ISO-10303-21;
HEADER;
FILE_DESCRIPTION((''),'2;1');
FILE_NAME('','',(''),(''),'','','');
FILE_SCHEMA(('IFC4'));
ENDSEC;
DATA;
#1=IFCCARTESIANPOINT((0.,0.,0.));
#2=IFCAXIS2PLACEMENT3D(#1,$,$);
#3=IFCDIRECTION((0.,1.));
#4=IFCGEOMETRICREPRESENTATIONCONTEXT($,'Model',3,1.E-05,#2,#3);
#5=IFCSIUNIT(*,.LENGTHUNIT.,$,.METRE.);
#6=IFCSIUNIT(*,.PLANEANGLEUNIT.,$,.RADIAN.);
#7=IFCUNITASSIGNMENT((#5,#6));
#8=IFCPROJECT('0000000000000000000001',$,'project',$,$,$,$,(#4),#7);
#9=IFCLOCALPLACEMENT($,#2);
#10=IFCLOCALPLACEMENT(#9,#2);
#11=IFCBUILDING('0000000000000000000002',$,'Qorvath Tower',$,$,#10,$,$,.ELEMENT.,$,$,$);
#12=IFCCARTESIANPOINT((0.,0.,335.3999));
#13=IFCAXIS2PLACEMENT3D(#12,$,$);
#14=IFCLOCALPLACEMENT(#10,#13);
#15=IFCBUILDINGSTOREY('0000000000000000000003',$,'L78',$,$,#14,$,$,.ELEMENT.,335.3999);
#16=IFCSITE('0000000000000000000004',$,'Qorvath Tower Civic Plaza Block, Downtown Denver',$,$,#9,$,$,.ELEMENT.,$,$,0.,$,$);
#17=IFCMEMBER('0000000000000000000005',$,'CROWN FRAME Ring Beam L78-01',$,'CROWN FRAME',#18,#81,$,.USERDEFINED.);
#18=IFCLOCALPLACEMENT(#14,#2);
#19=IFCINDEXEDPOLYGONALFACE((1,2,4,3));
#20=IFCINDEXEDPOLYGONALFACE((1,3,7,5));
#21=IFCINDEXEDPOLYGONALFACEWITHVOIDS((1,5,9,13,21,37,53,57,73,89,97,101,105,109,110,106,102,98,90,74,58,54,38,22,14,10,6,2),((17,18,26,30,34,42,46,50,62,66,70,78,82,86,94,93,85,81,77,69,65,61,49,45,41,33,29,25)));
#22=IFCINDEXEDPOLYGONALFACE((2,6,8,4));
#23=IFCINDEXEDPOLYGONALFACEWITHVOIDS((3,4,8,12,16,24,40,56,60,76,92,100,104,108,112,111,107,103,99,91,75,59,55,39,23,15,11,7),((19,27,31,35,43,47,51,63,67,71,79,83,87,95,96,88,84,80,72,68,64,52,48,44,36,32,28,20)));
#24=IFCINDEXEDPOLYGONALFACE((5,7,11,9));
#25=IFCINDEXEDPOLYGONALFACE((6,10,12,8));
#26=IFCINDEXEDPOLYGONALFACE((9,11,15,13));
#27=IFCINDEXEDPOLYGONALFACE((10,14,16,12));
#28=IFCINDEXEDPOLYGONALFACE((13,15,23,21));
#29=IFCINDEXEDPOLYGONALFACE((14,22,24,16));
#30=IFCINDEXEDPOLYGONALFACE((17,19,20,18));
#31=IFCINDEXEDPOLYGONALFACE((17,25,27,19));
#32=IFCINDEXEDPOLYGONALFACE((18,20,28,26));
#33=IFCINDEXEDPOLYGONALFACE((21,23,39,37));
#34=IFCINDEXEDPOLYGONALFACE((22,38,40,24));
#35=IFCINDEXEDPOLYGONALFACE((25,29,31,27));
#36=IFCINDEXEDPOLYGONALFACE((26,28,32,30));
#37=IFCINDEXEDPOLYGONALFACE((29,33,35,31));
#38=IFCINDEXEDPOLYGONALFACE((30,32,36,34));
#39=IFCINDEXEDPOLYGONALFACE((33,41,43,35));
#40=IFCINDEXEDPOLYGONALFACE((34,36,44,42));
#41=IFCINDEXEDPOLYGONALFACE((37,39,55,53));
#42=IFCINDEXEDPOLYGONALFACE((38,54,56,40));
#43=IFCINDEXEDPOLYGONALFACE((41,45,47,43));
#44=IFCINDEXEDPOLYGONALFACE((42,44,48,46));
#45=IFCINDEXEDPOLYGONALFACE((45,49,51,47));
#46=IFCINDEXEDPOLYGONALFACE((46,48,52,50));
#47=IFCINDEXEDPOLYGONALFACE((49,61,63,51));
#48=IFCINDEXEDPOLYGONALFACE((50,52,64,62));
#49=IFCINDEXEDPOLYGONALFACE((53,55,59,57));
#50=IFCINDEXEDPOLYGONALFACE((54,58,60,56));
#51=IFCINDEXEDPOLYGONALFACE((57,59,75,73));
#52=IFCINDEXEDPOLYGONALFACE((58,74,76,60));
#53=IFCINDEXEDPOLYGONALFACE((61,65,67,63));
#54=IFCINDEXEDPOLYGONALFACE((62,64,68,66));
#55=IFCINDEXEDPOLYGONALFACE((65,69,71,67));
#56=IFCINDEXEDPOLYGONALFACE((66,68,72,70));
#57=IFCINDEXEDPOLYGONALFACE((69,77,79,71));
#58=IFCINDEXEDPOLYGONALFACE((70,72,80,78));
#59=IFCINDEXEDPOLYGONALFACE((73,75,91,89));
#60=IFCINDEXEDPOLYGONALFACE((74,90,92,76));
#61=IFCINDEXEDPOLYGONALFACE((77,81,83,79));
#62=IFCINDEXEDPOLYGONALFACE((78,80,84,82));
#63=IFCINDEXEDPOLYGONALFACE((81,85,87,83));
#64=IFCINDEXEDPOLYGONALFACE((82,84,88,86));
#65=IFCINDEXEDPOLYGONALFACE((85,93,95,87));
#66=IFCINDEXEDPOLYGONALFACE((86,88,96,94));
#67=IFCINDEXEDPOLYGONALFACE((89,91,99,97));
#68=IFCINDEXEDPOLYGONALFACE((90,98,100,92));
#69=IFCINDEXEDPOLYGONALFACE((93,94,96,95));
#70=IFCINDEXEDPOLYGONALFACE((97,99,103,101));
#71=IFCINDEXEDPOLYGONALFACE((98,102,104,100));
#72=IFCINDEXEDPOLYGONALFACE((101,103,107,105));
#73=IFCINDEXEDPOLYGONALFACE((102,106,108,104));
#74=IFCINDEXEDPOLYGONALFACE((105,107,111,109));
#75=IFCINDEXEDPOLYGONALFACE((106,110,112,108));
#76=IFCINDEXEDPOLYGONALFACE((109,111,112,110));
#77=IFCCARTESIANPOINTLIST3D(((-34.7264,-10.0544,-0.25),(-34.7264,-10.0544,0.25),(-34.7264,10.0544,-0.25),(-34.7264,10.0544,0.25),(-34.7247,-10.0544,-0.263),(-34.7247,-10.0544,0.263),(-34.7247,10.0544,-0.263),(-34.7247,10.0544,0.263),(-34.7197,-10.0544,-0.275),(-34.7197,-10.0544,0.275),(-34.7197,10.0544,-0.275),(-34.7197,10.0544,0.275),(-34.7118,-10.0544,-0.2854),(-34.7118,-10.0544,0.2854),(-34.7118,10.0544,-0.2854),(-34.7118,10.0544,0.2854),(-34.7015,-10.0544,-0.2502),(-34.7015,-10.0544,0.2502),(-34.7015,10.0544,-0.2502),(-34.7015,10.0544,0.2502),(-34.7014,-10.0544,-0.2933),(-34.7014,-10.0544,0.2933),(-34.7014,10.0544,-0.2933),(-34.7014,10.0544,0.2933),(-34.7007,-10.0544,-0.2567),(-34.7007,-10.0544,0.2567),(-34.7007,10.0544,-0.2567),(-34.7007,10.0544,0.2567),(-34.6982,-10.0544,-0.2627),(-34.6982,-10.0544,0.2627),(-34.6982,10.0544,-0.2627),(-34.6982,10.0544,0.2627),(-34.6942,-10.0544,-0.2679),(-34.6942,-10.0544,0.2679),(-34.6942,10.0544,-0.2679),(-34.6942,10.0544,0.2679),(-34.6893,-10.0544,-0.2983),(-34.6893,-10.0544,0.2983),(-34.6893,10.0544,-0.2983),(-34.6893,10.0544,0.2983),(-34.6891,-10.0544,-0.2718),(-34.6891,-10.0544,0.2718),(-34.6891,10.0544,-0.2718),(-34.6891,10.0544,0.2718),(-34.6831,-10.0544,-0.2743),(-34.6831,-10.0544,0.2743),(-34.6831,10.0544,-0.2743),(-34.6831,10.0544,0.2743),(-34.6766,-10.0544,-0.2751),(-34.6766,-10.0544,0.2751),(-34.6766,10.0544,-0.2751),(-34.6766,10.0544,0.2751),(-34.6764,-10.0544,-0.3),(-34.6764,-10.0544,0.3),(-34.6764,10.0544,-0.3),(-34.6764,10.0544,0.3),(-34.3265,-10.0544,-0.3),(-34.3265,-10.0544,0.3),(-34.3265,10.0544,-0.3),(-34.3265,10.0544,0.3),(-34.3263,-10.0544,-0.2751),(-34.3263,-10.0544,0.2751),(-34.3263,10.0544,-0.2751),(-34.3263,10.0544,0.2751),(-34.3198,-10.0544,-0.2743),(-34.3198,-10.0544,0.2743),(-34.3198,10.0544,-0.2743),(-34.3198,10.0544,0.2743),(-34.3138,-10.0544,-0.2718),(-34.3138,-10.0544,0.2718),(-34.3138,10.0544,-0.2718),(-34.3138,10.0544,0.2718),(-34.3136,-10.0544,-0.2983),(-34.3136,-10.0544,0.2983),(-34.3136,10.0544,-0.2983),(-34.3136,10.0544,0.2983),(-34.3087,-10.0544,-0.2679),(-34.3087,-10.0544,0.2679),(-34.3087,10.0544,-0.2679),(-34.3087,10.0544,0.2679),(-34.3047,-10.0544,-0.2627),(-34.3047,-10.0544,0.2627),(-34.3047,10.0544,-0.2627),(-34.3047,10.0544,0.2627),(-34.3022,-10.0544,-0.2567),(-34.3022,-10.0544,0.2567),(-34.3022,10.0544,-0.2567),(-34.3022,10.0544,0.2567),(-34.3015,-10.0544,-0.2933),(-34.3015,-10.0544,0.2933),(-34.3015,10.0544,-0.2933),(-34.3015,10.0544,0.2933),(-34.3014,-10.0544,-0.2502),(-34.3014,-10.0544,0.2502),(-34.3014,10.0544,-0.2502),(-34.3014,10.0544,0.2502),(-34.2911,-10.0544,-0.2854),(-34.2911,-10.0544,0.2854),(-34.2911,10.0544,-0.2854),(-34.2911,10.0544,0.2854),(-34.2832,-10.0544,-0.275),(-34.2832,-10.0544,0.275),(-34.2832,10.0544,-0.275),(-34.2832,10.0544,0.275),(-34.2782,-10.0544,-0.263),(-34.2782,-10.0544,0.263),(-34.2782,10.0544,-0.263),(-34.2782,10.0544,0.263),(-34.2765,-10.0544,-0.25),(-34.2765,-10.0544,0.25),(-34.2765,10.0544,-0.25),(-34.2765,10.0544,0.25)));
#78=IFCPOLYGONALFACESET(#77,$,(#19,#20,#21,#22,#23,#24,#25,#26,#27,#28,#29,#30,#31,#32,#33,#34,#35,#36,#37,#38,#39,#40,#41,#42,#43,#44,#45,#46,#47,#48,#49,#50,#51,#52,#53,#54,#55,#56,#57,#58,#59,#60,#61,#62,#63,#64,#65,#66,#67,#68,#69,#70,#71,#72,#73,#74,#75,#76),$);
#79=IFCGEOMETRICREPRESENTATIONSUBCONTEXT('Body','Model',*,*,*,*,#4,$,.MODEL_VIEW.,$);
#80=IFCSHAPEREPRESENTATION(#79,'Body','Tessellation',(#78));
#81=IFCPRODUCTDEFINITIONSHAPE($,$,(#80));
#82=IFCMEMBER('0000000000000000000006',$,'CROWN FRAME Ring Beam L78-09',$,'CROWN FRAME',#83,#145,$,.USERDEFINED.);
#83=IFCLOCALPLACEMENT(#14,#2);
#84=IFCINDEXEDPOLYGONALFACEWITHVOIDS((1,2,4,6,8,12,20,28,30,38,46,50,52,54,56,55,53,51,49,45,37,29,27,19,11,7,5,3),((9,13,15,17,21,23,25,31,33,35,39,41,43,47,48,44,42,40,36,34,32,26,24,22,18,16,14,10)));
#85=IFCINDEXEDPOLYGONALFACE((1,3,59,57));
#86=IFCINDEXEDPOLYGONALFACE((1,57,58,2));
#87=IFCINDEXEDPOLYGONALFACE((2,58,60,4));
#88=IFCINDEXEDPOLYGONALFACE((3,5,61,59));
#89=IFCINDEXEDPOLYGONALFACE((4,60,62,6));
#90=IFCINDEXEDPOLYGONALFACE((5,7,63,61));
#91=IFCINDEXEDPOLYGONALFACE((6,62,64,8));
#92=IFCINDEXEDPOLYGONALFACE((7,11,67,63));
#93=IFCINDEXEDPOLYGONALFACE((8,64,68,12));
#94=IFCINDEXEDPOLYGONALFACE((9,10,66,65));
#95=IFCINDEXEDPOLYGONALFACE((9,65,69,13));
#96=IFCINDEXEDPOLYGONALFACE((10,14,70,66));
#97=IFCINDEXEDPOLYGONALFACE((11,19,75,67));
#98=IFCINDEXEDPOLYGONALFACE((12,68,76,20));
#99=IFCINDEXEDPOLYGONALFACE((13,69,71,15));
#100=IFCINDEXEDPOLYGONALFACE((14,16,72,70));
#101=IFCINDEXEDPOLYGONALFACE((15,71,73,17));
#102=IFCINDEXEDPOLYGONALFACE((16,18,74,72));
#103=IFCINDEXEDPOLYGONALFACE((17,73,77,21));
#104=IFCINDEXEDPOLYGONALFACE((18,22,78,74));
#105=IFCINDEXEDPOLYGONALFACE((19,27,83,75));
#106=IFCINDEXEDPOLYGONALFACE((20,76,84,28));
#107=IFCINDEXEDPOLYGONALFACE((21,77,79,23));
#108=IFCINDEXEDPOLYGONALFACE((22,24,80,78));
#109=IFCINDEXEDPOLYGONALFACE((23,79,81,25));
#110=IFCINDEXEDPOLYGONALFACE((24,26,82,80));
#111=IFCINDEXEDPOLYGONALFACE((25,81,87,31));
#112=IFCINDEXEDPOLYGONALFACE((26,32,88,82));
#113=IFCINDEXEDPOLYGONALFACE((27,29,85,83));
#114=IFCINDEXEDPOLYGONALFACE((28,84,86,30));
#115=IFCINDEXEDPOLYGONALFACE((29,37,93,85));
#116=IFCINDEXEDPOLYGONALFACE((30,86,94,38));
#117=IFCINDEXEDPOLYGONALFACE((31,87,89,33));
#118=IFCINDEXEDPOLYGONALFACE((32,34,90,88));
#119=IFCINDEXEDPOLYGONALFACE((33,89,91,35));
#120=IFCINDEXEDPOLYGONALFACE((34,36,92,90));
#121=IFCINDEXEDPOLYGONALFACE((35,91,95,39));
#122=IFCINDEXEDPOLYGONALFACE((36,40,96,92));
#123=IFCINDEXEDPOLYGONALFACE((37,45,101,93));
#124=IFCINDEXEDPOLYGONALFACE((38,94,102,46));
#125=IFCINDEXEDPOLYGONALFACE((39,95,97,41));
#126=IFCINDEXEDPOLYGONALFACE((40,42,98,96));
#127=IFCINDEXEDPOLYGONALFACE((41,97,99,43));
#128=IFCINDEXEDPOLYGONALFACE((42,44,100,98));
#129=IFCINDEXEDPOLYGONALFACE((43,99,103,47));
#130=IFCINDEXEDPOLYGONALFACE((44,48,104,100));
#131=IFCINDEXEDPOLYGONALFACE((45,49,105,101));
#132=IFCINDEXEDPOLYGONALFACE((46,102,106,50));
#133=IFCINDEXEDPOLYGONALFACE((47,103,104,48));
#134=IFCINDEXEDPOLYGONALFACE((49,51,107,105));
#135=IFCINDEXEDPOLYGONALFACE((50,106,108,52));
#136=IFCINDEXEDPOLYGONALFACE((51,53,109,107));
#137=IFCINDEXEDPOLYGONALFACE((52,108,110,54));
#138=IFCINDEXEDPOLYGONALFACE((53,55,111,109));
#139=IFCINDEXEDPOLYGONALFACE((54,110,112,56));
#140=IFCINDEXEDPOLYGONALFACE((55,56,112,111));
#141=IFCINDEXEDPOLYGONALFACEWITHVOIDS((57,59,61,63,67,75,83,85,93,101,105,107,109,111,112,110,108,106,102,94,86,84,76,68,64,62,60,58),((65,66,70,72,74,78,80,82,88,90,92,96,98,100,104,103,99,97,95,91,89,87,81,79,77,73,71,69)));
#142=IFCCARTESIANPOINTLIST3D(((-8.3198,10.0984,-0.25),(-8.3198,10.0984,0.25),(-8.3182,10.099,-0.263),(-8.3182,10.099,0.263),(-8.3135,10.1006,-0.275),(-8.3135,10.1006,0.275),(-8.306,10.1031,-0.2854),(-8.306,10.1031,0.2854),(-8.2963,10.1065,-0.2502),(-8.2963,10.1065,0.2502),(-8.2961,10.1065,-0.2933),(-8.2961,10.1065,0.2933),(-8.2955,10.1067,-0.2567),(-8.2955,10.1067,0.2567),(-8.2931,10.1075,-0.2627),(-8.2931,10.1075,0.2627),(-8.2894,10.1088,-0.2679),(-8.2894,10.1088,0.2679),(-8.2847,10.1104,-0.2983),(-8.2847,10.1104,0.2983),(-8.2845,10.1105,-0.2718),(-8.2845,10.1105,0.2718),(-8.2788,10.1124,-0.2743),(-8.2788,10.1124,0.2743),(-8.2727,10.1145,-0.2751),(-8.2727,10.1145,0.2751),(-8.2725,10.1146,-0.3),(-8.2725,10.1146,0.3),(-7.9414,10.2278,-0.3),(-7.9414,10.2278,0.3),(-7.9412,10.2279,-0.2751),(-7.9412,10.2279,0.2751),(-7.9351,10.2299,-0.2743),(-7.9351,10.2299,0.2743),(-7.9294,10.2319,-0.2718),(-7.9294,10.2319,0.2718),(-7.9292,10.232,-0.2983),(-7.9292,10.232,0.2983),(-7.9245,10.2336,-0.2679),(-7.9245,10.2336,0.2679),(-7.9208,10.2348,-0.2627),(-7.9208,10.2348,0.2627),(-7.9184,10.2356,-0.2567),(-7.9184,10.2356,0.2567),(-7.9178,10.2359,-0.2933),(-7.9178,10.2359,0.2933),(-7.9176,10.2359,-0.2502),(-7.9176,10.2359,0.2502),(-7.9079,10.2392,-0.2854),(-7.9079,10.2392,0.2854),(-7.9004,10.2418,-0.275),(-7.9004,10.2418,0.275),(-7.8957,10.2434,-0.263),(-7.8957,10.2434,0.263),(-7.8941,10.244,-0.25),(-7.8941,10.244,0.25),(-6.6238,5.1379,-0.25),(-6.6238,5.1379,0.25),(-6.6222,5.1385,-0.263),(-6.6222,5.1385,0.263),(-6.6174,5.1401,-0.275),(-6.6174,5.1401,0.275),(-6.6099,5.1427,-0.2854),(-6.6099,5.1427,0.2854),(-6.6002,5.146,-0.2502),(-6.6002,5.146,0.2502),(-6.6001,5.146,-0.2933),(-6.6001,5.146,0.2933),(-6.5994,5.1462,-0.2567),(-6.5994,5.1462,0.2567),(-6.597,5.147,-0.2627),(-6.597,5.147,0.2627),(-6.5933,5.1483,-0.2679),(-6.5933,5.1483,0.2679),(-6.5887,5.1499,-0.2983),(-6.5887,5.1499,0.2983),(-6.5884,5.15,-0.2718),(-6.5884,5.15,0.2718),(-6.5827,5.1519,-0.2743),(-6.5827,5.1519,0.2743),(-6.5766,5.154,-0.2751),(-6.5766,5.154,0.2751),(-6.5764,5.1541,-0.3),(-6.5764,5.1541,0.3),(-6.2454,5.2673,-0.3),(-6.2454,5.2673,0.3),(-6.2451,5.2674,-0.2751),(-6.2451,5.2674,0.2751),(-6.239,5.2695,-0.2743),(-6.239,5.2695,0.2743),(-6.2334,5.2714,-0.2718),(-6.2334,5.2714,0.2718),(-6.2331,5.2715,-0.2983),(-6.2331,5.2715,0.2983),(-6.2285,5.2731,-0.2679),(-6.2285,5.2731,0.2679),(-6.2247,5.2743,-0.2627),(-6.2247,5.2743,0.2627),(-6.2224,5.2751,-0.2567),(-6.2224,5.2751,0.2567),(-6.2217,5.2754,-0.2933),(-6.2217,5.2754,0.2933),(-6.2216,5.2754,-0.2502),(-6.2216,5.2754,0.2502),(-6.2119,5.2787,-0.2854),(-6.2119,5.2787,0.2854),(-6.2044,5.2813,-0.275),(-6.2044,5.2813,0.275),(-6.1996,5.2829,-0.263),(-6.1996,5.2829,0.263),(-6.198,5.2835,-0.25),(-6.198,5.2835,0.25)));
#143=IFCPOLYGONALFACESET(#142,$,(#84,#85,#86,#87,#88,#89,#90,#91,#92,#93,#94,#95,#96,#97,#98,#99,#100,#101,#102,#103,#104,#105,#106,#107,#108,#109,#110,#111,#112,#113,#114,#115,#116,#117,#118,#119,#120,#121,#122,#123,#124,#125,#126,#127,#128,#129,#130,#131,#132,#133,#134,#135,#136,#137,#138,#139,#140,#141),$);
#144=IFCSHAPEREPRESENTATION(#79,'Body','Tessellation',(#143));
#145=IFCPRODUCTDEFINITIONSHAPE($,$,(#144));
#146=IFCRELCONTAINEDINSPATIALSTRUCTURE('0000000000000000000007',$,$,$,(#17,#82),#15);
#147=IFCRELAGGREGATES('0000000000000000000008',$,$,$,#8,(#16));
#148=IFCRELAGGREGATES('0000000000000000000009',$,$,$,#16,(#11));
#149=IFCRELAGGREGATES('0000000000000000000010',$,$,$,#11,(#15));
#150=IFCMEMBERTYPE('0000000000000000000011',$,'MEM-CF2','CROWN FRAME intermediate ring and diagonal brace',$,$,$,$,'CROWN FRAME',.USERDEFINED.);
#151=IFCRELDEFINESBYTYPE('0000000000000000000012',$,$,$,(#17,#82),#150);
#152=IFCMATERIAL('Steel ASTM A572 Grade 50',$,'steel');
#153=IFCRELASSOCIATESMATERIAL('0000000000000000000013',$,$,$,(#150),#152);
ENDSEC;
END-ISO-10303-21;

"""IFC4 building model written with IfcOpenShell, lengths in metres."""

from ifc_helpers import new_model, si_unit, direction, frame, origin, origin_2d, place, context, subcontext, project, spatial, hollow_rectangle, extrude, material, material_profile, profile_set, type_object, element, save


model = new_model("IFC4")

# Units and contexts
model_context = context("Model", 3, precision=1e-05, world=origin(), true_north=direction((0.0, 1.0)))
body_context = subcontext(model_context, "Body", "Model", "MODEL_VIEW")
ifc_project = project(units=[si_unit("LENGTHUNIT", "METRE"), si_unit("PLANEANGLEUNIT", "RADIAN")], contexts=[model_context])

# Site, building, storey
site_placement = place(None, origin())
site = spatial("IfcSite", under=ifc_project, at=site_placement, Name="Qorvath Tower Civic Plaza Block, Downtown Denver", CompositionType="ELEMENT", RefElevation=0.0)
building_placement = place(site_placement, origin())
building = spatial("IfcBuilding", under=site, at=building_placement, Name="Qorvath Tower", CompositionType="ELEMENT")
storey_placement = place(building_placement, frame((0.0, 0.0, 335.3999)))
storey = spatial("IfcBuildingStorey", under=building, at=storey_placement, Name="L78", CompositionType="ELEMENT", Elevation=335.3999)

# Members
ifc_material_1 = material(Name="Steel ASTM A572 Grade 50", Category="steel")
ifc_material_profile_1 = material_profile(ifc_material_1, hollow_rectangle(XDim=0.45, YDim=0.6001, WallThickness=0.0249, InnerFilletRadius=0.0249, OuterFilletRadius=0.05, at=origin_2d()), Name="CROWN BOX 600x450x25")
ifc_profile_set_1 = profile_set([ifc_material_profile_1], Name="Steel ASTM A572 Grade 50")
member_type_1 = type_object("IfcMemberType", Name="MEM-CF2", Description="CROWN FRAME intermediate ring and diagonal brace", ElementType="CROWN FRAME", PredefinedType="USERDEFINED", material=ifc_profile_set_1)
member_1_placement = place(storey_placement, frame((-34.5015, 10.0544, 0.0), z_axis=(0.0, -1.0, 0.0), x_axis=(1.0, 0.0, 0.0)))
element("IfcMember", 1, at=member_1_placement, inside=storey, type_object=member_type_1, Name="CROWN FRAME Ring Beam L78-01", ObjectType="CROWN FRAME", PredefinedType="USERDEFINED", context=body_context, shape_type="SweptSolid", body=[
    extrude(hollow_rectangle(XDim=0.45, YDim=0.6001, WallThickness=0.0249, InnerFilletRadius=0.0249, OuterFilletRadius=0.05, at=origin_2d()), origin(), (0.0, 0.0, 1.0), 20.1089),
])
for number, where, z_axis, x_axis, name in (
    (2, (-6.4109, 5.2107, 0.0), (-0.323525, 0.94622, 0.0), (-0.94622, -0.323525, 0.0), "CROWN FRAME Ring Beam L78-09"),
):
    element("IfcMember", number, at=place(storey_placement, frame(where, z_axis=z_axis, x_axis=x_axis)), inside=storey, type_object=member_type_1, Name=name, ObjectType="CROWN FRAME", PredefinedType="USERDEFINED", context=body_context, shape_type="SweptSolid", body=[
        extrude(hollow_rectangle(XDim=0.45, YDim=0.6001, WallThickness=0.0249, InnerFilletRadius=0.0249, OuterFilletRadius=0.05, at=origin_2d()), origin(), (0.0, 0.0, 1.0), 5.2424),
    ])

save(model, "model.ifc")
